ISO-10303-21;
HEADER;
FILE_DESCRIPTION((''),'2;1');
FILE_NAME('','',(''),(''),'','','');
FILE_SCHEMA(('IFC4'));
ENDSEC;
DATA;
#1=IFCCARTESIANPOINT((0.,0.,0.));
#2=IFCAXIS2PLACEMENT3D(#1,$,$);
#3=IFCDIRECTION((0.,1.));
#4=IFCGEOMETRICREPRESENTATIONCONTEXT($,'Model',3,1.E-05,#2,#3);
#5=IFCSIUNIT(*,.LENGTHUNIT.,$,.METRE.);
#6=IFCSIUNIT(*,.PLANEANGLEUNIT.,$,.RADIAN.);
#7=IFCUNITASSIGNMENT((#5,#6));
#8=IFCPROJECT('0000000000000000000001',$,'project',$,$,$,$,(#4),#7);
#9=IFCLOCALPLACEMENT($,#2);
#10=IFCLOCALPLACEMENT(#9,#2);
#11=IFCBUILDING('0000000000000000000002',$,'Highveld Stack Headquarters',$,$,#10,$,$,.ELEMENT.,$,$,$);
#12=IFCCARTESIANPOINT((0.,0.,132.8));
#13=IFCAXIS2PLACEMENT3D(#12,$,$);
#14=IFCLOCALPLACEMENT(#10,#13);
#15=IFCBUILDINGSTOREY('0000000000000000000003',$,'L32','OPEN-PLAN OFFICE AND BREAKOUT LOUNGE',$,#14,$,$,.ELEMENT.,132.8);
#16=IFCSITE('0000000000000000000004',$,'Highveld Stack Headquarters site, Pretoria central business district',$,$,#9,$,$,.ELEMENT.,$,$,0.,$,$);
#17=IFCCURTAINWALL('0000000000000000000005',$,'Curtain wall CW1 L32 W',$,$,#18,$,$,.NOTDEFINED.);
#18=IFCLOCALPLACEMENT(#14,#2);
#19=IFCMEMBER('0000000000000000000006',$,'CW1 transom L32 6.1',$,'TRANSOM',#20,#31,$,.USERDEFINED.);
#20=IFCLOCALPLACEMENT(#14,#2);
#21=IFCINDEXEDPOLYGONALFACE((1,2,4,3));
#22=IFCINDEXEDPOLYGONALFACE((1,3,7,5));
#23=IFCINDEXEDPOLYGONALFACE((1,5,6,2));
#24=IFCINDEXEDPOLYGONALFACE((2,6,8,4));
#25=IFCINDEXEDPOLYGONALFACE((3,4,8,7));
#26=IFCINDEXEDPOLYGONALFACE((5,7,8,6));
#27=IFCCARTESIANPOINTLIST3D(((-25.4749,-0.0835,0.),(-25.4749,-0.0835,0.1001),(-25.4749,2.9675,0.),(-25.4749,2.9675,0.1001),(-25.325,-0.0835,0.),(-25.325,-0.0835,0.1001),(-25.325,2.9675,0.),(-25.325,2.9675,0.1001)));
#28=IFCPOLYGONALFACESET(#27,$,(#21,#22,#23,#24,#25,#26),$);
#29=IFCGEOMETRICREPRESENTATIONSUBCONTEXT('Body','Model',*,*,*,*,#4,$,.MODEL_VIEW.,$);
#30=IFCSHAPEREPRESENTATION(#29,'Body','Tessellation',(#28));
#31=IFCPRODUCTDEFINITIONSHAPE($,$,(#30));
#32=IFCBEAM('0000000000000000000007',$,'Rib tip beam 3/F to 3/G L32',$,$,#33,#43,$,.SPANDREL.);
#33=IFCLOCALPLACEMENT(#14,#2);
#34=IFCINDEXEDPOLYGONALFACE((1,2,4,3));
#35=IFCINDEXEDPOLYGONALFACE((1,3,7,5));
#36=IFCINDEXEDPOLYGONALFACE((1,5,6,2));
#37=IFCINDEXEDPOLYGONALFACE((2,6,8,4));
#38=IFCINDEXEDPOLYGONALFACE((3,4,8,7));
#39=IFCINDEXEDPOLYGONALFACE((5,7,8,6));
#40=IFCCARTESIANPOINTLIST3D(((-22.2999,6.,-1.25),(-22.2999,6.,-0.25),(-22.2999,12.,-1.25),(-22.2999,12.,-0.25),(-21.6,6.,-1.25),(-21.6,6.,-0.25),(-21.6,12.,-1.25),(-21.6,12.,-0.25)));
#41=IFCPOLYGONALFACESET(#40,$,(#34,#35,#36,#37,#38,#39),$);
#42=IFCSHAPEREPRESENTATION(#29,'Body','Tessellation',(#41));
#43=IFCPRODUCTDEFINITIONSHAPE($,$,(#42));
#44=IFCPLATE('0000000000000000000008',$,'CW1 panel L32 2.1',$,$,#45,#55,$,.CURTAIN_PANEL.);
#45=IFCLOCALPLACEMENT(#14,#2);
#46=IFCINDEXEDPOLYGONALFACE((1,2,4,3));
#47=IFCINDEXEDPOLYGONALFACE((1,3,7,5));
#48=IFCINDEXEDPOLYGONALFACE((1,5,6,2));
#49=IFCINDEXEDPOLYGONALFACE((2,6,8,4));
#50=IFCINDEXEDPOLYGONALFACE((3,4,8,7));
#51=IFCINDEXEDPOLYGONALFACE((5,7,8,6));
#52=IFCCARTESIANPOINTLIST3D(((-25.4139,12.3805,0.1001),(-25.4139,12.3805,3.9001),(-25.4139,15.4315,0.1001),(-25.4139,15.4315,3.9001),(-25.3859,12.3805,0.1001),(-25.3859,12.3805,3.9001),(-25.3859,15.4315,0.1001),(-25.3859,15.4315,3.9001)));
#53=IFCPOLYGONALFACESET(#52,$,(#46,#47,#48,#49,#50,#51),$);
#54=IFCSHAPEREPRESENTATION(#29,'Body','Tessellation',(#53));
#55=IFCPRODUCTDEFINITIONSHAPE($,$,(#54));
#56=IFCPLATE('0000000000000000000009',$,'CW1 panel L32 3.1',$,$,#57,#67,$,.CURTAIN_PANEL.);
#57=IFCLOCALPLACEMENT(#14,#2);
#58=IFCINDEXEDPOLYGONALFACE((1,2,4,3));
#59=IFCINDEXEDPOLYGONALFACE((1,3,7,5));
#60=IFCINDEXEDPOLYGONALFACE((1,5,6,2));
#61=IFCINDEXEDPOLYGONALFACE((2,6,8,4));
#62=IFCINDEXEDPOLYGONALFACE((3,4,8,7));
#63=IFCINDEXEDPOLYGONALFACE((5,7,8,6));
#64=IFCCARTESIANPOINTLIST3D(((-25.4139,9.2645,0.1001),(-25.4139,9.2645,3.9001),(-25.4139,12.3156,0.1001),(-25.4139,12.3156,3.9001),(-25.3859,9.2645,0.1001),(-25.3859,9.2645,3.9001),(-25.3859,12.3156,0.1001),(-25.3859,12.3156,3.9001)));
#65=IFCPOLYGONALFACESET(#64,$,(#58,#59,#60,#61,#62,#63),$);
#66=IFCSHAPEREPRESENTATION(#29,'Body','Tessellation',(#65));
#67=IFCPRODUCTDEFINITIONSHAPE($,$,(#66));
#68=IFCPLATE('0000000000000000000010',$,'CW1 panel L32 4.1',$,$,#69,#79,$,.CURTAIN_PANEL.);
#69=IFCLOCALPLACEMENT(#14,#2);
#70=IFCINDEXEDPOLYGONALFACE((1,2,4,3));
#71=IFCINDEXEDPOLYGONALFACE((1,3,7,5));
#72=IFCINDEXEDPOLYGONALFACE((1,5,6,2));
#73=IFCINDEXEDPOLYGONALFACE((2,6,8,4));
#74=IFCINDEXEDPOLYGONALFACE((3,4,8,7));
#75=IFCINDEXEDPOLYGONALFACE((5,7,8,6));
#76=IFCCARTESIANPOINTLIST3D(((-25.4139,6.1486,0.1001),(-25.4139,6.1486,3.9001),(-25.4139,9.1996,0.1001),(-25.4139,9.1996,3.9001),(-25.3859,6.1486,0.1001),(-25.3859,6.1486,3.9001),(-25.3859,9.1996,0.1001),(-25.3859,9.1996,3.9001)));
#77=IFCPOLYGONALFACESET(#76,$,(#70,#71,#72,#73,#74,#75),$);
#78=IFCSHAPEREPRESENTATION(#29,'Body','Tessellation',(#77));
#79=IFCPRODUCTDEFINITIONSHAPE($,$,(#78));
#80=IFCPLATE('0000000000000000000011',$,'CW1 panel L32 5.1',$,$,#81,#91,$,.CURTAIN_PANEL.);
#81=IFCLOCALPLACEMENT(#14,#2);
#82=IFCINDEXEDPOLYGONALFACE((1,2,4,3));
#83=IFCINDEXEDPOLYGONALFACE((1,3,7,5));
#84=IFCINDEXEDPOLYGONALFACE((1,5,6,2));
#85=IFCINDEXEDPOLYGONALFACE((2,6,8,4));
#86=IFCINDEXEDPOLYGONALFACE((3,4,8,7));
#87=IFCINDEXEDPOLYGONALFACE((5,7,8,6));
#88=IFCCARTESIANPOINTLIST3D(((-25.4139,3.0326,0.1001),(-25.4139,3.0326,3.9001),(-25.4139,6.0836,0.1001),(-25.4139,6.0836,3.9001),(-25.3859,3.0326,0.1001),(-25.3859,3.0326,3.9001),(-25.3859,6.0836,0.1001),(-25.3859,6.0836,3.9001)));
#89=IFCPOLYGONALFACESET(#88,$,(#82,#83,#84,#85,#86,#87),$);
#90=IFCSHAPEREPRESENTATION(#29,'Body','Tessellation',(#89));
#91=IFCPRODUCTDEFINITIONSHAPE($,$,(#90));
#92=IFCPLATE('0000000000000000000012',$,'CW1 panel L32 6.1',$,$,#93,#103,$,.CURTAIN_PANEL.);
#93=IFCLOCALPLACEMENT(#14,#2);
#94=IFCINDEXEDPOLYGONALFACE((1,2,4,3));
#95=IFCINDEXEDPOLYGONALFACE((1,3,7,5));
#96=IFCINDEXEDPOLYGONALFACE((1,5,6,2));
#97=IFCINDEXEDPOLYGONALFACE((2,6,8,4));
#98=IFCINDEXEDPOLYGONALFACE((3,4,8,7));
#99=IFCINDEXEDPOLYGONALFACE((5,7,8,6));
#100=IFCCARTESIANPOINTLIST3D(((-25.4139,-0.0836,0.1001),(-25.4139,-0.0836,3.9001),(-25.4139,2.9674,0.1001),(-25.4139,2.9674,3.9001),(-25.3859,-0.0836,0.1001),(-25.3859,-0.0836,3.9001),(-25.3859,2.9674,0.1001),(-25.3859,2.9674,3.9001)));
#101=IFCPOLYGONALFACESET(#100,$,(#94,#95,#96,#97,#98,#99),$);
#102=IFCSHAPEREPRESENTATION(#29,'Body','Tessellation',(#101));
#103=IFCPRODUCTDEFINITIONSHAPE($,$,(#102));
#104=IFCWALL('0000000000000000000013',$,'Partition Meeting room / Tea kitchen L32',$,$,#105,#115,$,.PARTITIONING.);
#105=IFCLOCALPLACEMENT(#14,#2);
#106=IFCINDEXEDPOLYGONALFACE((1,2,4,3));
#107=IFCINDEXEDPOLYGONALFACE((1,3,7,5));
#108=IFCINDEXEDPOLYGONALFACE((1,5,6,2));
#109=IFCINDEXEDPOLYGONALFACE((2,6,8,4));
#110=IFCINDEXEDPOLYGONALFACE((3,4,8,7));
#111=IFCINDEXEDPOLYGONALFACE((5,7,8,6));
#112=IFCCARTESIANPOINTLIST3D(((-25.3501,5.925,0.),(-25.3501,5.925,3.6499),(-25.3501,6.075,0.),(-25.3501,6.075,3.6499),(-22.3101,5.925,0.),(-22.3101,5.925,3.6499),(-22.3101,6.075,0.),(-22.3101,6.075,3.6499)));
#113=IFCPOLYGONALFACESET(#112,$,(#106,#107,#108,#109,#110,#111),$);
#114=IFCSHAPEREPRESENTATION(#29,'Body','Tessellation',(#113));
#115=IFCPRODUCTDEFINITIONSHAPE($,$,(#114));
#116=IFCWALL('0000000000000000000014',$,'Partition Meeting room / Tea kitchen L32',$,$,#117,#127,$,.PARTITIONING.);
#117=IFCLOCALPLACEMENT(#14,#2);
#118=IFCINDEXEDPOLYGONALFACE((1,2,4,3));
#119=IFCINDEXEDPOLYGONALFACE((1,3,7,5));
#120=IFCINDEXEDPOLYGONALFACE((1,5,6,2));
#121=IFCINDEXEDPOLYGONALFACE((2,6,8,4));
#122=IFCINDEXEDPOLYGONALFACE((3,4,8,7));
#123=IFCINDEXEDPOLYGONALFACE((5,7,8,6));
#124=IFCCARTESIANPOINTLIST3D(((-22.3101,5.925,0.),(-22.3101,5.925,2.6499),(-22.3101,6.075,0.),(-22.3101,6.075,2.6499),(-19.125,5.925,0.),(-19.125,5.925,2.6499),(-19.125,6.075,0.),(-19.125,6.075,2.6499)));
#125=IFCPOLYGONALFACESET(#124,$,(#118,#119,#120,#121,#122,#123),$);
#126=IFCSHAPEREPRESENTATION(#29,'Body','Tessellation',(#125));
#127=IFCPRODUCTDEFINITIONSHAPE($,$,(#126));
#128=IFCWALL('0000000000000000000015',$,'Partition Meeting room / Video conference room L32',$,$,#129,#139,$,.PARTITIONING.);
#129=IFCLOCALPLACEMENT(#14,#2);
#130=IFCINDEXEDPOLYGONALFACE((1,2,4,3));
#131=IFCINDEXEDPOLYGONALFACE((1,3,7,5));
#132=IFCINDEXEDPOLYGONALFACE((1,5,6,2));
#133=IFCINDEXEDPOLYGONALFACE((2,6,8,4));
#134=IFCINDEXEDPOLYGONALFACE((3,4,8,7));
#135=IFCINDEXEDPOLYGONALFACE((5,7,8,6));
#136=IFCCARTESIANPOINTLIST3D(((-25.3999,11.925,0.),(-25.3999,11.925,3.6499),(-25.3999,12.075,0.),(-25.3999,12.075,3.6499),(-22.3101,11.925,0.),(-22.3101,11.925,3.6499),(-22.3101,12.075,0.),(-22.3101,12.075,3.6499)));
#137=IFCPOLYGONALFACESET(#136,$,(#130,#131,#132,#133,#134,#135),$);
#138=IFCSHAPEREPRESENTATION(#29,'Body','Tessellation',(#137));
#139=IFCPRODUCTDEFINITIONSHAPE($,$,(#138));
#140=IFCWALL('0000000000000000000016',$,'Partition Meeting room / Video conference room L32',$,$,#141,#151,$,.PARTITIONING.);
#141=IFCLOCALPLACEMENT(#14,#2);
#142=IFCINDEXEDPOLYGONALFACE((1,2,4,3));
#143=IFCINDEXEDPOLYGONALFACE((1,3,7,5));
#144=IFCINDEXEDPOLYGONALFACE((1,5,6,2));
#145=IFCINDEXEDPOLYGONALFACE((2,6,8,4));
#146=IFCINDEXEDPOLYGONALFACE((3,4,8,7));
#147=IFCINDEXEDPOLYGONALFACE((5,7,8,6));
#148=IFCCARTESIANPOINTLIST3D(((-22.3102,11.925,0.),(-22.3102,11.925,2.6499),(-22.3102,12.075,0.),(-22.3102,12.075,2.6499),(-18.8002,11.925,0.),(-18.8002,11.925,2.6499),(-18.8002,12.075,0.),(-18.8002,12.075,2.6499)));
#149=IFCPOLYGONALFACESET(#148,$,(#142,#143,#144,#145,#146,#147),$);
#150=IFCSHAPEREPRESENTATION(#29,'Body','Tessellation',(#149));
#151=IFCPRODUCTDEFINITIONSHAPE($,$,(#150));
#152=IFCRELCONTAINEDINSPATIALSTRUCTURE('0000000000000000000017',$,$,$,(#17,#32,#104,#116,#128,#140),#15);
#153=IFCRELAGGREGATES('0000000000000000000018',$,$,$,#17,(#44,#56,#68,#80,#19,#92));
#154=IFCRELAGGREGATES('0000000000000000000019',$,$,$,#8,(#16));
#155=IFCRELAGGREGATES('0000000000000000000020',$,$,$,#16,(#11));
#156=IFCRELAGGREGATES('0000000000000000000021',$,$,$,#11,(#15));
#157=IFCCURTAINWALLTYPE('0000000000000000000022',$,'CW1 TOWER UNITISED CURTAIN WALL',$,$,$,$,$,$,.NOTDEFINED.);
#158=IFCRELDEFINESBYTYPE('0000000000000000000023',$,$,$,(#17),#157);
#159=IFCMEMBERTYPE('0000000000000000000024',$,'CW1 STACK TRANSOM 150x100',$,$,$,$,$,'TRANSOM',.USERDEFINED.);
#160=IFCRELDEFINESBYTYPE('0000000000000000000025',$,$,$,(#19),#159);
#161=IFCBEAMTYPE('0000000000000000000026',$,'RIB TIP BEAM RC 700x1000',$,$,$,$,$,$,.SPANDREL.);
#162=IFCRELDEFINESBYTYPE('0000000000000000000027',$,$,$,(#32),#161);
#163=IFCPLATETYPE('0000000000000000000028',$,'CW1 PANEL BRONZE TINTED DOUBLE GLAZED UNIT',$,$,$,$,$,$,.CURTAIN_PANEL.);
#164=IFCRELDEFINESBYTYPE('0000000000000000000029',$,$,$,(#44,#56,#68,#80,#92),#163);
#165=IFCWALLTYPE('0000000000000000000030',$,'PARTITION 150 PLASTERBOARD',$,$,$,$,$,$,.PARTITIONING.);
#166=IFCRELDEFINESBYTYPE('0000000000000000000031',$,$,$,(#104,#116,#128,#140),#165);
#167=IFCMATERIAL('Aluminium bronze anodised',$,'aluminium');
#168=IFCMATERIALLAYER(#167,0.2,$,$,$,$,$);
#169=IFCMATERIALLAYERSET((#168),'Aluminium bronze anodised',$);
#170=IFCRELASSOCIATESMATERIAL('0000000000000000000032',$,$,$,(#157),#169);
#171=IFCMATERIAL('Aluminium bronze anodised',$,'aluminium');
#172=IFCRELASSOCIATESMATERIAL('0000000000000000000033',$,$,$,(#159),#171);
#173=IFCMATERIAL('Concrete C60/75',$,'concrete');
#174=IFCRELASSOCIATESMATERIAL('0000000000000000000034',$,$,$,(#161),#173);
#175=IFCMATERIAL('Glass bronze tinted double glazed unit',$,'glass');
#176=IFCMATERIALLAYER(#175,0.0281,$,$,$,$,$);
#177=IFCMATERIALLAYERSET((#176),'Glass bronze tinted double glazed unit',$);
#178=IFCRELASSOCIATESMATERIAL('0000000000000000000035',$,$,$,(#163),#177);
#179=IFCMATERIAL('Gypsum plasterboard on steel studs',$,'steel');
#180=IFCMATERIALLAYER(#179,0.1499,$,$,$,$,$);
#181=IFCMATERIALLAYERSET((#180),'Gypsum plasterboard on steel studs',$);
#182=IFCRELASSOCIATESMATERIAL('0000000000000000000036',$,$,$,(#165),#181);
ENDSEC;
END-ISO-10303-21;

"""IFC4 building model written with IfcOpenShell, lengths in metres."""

from ifc_helpers import new_model, si_unit, direction, frame, frame_2d, origin, origin_2d, place, context, subcontext, project, spatial, rectangle, extrude, material, layer, layer_set, material_profile, profile_set, type_object, element, aggregate, save


model = new_model("IFC4")

# Units and contexts
model_context = context("Model", 3, precision=1e-05, world=origin(), true_north=direction((0.0, 1.0)))
body_context = subcontext(model_context, "Body", "Model", "MODEL_VIEW")
ifc_project = project(units=[si_unit("LENGTHUNIT", "METRE"), si_unit("PLANEANGLEUNIT", "RADIAN")], contexts=[model_context])

# Site, building, storey
site_placement = place(None, origin())
site = spatial("IfcSite", under=ifc_project, at=site_placement, Name="Highveld Stack Headquarters site, Pretoria central business district", CompositionType="ELEMENT", RefElevation=0.0)
building_placement = place(site_placement, origin())
building = spatial("IfcBuilding", under=site, at=building_placement, Name="Highveld Stack Headquarters", CompositionType="ELEMENT")
storey_placement = place(building_placement, frame((0.0, 0.0, 132.8)))
storey = spatial("IfcBuildingStorey", under=building, at=storey_placement, Name="L32", Description="OPEN-PLAN OFFICE AND BREAKOUT LOUNGE", CompositionType="ELEMENT", Elevation=132.8)

# Curtain wall, member
ifc_material_1 = material(Name="Aluminium bronze anodised", Category="aluminium")
ifc_layer_1 = layer(ifc_material_1, 0.2)
ifc_layer_set_1 = layer_set([ifc_layer_1], Name="Aluminium bronze anodised")
curtain_wall_type = type_object("IfcCurtainWallType", Name="CW1 TOWER UNITISED CURTAIN WALL", PredefinedType="NOTDEFINED", material=ifc_layer_set_1)
curtain_wall_placement = place(storey_placement, origin())
curtain_wall = element("IfcCurtainWall", 1, at=curtain_wall_placement, inside=storey, type_object=curtain_wall_type, Name="Curtain wall CW1 L32 W", PredefinedType="NOTDEFINED")
ifc_material_2 = material(Name="Aluminium bronze anodised", Category="aluminium")
ifc_material_profile_1 = material_profile(ifc_material_2, rectangle(XDim=0.1499, YDim=0.1001, at=origin_2d()), Name="CW1 TRANSOM 150x100")
ifc_profile_set_1 = profile_set([ifc_material_profile_1], Name="Aluminium bronze anodised")
member_type_1 = type_object("IfcMemberType", Name="CW1 STACK TRANSOM 150x100", ElementType="TRANSOM", PredefinedType="USERDEFINED", material=ifc_profile_set_1)
member_1_placement = place(storey_placement, frame((-25.3999, 2.9675, 0.05), z_axis=(0.0, -1.0, 0.0), x_axis=(1.0, 0.0, 0.0)))
member_1 = element("IfcMember", 2, at=member_1_placement, type_object=member_type_1, Name="CW1 transom L32 6.1", ObjectType="TRANSOM", PredefinedType="USERDEFINED", context=body_context, shape_type="SweptSolid", body=[
    extrude(rectangle(XDim=0.1499, YDim=0.1001, at=origin_2d()), origin(), (0.0, 0.0, 1.0), 3.051),
])

# Beam
ifc_material_3 = material(Name="Concrete C60/75", Category="concrete")
ifc_material_profile_2 = material_profile(ifc_material_3, rectangle(XDim=0.7, YDim=1.0, at=origin_2d()), Name="RC 700x1000")
ifc_profile_set_2 = profile_set([ifc_material_profile_2], Name="Concrete C60/75")
beam_type = type_object("IfcBeamType", Name="RIB TIP BEAM RC 700x1000", PredefinedType="SPANDREL", material=ifc_profile_set_2)
beam_placement = place(storey_placement, frame((-21.95, 6.0, -0.75), z_axis=(0.0, 1.0, 0.0), x_axis=(-1.0, 0.0, 0.0)))
element("IfcBeam", 3, at=beam_placement, inside=storey, type_object=beam_type, Name="Rib tip beam 3/F to 3/G L32", PredefinedType="SPANDREL", context=body_context, shape_type="SweptSolid", body=[
    extrude(rectangle(XDim=0.7, YDim=1.0, at=origin_2d()), origin(), (0.0, 0.0, 1.0), 6.0),
])

# Plates
ifc_material_4 = material(Name="Glass bronze tinted double glazed unit", Category="glass")
ifc_layer_2 = layer(ifc_material_4, 0.0281)
ifc_layer_set_2 = layer_set([ifc_layer_2], Name="Glass bronze tinted double glazed unit")
plate_type = type_object("IfcPlateType", Name="CW1 PANEL BRONZE TINTED DOUBLE GLAZED UNIT", PredefinedType="CURTAIN_PANEL", material=ifc_layer_set_2)
plate_1_placement = place(storey_placement, frame((-25.3999, 13.906, 0.1001), z_axis=(0.0, 0.0, 1.0), x_axis=(0.0, -1.0, 0.0)))
plate_1 = element("IfcPlate", 4, at=plate_1_placement, type_object=plate_type, Name="CW1 panel L32 2.1", PredefinedType="CURTAIN_PANEL", context=body_context, shape_type="SweptSolid", body=[
    extrude(rectangle(XDim=3.051, YDim=0.0281, at=origin_2d()), origin(), (0.0, 0.0, 1.0), 3.8),
])
plate_2_placement = place(storey_placement, frame((-25.3999, 10.79, 0.1001), z_axis=(0.0, 0.0, 1.0), x_axis=(0.0, -1.0, 0.0)))
plate_2 = element("IfcPlate", 5, at=plate_2_placement, type_object=plate_type, Name="CW1 panel L32 3.1", PredefinedType="CURTAIN_PANEL", context=body_context, shape_type="SweptSolid", body=[
    extrude(rectangle(XDim=3.051, YDim=0.0281, at=origin_2d()), origin(), (0.0, 0.0, 1.0), 3.8),
])
plate_3_placement = place(storey_placement, frame((-25.3999, 7.6741, 0.1001), z_axis=(0.0, 0.0, 1.0), x_axis=(0.0, -1.0, 0.0)))
plate_3 = element("IfcPlate", 6, at=plate_3_placement, type_object=plate_type, Name="CW1 panel L32 4.1", PredefinedType="CURTAIN_PANEL", context=body_context, shape_type="SweptSolid", body=[
    extrude(rectangle(XDim=3.051, YDim=0.0281, at=origin_2d()), origin(), (0.0, 0.0, 1.0), 3.8),
])
plate_4_placement = place(storey_placement, frame((-25.3999, 4.5581, 0.1001), z_axis=(0.0, 0.0, 1.0), x_axis=(0.0, -1.0, 0.0)))
plate_4 = element("IfcPlate", 7, at=plate_4_placement, type_object=plate_type, Name="CW1 panel L32 5.1", PredefinedType="CURTAIN_PANEL", context=body_context, shape_type="SweptSolid", body=[
    extrude(rectangle(XDim=3.051, YDim=0.0281, at=origin_2d()), origin(), (0.0, 0.0, 1.0), 3.8),
])
plate_5_placement = place(storey_placement, frame((-25.3999, 1.4419, 0.1001), z_axis=(0.0, 0.0, 1.0), x_axis=(0.0, -1.0, 0.0)))
plate_5 = element("IfcPlate", 8, at=plate_5_placement, type_object=plate_type, Name="CW1 panel L32 6.1", PredefinedType="CURTAIN_PANEL", context=body_context, shape_type="SweptSolid", body=[
    extrude(rectangle(XDim=3.051, YDim=0.0281, at=origin_2d()), origin(), (0.0, 0.0, 1.0), 3.8),
])
aggregate(curtain_wall, [plate_1, plate_2, plate_3, plate_4, member_1, plate_5])

# Walls
ifc_material_5 = material(Name="Gypsum plasterboard on steel studs", Category="steel")
ifc_layer_3 = layer(ifc_material_5, 0.1499)
ifc_layer_set_3 = layer_set([ifc_layer_3], Name="Gypsum plasterboard on steel studs")
wall_type = type_object("IfcWallType", Name="PARTITION 150 PLASTERBOARD", PredefinedType="PARTITIONING", material=ifc_layer_set_3)
wall_1_placement = place(storey_placement, frame((-25.3501, 6.0, 0.0), z_axis=(0.0, 0.0, 1.0), x_axis=(1.0, 0.0, 0.0)))
element("IfcWall", 9, at=wall_1_placement, inside=storey, type_object=wall_type, Name="Partition Meeting room / Tea kitchen L32", PredefinedType="PARTITIONING", context=body_context, shape_type="SweptSolid", body=[
    extrude(rectangle(XDim=3.04, YDim=0.1499, at=frame_2d((1.52, 0.0))), origin(), (0.0, 0.0, 1.0), 3.6499),
])
wall_2_placement = place(storey_placement, frame((-22.3101, 6.0, 0.0), z_axis=(0.0, 0.0, 1.0), x_axis=(1.0, 0.0, 0.0)))
element("IfcWall", 10, at=wall_2_placement, inside=storey, type_object=wall_type, Name="Partition Meeting room / Tea kitchen L32", PredefinedType="PARTITIONING", context=body_context, shape_type="SweptSolid", body=[
    extrude(rectangle(XDim=3.1851, YDim=0.1499, at=frame_2d((1.5925, 0.0))), origin(), (0.0, 0.0, 1.0), 2.6499),
])
wall_3_placement = place(storey_placement, frame((-25.3999, 12.0, 0.0), z_axis=(0.0, 0.0, 1.0), x_axis=(1.0, 0.0, 0.0)))
element("IfcWall", 11, at=wall_3_placement, inside=storey, type_object=wall_type, Name="Partition Meeting room / Video conference room L32", PredefinedType="PARTITIONING", context=body_context, shape_type="SweptSolid", body=[
    extrude(rectangle(XDim=3.0898, YDim=0.1499, at=frame_2d((1.5449, 0.0))), origin(), (0.0, 0.0, 1.0), 3.6499),
])
wall_4_placement = place(storey_placement, frame((-22.3101, 12.0, 0.0), z_axis=(0.0, 0.0, 1.0), x_axis=(1.0, 0.0, 0.0)))
element("IfcWall", 12, at=wall_4_placement, inside=storey, type_object=wall_type, Name="Partition Meeting room / Video conference room L32", PredefinedType="PARTITIONING", context=body_context, shape_type="SweptSolid", body=[
    extrude(rectangle(XDim=3.51, YDim=0.1499, at=frame_2d((1.7549, 0.0))), origin(), (0.0, 0.0, 1.0), 2.6499),
])

save(model, "model.ifc")
